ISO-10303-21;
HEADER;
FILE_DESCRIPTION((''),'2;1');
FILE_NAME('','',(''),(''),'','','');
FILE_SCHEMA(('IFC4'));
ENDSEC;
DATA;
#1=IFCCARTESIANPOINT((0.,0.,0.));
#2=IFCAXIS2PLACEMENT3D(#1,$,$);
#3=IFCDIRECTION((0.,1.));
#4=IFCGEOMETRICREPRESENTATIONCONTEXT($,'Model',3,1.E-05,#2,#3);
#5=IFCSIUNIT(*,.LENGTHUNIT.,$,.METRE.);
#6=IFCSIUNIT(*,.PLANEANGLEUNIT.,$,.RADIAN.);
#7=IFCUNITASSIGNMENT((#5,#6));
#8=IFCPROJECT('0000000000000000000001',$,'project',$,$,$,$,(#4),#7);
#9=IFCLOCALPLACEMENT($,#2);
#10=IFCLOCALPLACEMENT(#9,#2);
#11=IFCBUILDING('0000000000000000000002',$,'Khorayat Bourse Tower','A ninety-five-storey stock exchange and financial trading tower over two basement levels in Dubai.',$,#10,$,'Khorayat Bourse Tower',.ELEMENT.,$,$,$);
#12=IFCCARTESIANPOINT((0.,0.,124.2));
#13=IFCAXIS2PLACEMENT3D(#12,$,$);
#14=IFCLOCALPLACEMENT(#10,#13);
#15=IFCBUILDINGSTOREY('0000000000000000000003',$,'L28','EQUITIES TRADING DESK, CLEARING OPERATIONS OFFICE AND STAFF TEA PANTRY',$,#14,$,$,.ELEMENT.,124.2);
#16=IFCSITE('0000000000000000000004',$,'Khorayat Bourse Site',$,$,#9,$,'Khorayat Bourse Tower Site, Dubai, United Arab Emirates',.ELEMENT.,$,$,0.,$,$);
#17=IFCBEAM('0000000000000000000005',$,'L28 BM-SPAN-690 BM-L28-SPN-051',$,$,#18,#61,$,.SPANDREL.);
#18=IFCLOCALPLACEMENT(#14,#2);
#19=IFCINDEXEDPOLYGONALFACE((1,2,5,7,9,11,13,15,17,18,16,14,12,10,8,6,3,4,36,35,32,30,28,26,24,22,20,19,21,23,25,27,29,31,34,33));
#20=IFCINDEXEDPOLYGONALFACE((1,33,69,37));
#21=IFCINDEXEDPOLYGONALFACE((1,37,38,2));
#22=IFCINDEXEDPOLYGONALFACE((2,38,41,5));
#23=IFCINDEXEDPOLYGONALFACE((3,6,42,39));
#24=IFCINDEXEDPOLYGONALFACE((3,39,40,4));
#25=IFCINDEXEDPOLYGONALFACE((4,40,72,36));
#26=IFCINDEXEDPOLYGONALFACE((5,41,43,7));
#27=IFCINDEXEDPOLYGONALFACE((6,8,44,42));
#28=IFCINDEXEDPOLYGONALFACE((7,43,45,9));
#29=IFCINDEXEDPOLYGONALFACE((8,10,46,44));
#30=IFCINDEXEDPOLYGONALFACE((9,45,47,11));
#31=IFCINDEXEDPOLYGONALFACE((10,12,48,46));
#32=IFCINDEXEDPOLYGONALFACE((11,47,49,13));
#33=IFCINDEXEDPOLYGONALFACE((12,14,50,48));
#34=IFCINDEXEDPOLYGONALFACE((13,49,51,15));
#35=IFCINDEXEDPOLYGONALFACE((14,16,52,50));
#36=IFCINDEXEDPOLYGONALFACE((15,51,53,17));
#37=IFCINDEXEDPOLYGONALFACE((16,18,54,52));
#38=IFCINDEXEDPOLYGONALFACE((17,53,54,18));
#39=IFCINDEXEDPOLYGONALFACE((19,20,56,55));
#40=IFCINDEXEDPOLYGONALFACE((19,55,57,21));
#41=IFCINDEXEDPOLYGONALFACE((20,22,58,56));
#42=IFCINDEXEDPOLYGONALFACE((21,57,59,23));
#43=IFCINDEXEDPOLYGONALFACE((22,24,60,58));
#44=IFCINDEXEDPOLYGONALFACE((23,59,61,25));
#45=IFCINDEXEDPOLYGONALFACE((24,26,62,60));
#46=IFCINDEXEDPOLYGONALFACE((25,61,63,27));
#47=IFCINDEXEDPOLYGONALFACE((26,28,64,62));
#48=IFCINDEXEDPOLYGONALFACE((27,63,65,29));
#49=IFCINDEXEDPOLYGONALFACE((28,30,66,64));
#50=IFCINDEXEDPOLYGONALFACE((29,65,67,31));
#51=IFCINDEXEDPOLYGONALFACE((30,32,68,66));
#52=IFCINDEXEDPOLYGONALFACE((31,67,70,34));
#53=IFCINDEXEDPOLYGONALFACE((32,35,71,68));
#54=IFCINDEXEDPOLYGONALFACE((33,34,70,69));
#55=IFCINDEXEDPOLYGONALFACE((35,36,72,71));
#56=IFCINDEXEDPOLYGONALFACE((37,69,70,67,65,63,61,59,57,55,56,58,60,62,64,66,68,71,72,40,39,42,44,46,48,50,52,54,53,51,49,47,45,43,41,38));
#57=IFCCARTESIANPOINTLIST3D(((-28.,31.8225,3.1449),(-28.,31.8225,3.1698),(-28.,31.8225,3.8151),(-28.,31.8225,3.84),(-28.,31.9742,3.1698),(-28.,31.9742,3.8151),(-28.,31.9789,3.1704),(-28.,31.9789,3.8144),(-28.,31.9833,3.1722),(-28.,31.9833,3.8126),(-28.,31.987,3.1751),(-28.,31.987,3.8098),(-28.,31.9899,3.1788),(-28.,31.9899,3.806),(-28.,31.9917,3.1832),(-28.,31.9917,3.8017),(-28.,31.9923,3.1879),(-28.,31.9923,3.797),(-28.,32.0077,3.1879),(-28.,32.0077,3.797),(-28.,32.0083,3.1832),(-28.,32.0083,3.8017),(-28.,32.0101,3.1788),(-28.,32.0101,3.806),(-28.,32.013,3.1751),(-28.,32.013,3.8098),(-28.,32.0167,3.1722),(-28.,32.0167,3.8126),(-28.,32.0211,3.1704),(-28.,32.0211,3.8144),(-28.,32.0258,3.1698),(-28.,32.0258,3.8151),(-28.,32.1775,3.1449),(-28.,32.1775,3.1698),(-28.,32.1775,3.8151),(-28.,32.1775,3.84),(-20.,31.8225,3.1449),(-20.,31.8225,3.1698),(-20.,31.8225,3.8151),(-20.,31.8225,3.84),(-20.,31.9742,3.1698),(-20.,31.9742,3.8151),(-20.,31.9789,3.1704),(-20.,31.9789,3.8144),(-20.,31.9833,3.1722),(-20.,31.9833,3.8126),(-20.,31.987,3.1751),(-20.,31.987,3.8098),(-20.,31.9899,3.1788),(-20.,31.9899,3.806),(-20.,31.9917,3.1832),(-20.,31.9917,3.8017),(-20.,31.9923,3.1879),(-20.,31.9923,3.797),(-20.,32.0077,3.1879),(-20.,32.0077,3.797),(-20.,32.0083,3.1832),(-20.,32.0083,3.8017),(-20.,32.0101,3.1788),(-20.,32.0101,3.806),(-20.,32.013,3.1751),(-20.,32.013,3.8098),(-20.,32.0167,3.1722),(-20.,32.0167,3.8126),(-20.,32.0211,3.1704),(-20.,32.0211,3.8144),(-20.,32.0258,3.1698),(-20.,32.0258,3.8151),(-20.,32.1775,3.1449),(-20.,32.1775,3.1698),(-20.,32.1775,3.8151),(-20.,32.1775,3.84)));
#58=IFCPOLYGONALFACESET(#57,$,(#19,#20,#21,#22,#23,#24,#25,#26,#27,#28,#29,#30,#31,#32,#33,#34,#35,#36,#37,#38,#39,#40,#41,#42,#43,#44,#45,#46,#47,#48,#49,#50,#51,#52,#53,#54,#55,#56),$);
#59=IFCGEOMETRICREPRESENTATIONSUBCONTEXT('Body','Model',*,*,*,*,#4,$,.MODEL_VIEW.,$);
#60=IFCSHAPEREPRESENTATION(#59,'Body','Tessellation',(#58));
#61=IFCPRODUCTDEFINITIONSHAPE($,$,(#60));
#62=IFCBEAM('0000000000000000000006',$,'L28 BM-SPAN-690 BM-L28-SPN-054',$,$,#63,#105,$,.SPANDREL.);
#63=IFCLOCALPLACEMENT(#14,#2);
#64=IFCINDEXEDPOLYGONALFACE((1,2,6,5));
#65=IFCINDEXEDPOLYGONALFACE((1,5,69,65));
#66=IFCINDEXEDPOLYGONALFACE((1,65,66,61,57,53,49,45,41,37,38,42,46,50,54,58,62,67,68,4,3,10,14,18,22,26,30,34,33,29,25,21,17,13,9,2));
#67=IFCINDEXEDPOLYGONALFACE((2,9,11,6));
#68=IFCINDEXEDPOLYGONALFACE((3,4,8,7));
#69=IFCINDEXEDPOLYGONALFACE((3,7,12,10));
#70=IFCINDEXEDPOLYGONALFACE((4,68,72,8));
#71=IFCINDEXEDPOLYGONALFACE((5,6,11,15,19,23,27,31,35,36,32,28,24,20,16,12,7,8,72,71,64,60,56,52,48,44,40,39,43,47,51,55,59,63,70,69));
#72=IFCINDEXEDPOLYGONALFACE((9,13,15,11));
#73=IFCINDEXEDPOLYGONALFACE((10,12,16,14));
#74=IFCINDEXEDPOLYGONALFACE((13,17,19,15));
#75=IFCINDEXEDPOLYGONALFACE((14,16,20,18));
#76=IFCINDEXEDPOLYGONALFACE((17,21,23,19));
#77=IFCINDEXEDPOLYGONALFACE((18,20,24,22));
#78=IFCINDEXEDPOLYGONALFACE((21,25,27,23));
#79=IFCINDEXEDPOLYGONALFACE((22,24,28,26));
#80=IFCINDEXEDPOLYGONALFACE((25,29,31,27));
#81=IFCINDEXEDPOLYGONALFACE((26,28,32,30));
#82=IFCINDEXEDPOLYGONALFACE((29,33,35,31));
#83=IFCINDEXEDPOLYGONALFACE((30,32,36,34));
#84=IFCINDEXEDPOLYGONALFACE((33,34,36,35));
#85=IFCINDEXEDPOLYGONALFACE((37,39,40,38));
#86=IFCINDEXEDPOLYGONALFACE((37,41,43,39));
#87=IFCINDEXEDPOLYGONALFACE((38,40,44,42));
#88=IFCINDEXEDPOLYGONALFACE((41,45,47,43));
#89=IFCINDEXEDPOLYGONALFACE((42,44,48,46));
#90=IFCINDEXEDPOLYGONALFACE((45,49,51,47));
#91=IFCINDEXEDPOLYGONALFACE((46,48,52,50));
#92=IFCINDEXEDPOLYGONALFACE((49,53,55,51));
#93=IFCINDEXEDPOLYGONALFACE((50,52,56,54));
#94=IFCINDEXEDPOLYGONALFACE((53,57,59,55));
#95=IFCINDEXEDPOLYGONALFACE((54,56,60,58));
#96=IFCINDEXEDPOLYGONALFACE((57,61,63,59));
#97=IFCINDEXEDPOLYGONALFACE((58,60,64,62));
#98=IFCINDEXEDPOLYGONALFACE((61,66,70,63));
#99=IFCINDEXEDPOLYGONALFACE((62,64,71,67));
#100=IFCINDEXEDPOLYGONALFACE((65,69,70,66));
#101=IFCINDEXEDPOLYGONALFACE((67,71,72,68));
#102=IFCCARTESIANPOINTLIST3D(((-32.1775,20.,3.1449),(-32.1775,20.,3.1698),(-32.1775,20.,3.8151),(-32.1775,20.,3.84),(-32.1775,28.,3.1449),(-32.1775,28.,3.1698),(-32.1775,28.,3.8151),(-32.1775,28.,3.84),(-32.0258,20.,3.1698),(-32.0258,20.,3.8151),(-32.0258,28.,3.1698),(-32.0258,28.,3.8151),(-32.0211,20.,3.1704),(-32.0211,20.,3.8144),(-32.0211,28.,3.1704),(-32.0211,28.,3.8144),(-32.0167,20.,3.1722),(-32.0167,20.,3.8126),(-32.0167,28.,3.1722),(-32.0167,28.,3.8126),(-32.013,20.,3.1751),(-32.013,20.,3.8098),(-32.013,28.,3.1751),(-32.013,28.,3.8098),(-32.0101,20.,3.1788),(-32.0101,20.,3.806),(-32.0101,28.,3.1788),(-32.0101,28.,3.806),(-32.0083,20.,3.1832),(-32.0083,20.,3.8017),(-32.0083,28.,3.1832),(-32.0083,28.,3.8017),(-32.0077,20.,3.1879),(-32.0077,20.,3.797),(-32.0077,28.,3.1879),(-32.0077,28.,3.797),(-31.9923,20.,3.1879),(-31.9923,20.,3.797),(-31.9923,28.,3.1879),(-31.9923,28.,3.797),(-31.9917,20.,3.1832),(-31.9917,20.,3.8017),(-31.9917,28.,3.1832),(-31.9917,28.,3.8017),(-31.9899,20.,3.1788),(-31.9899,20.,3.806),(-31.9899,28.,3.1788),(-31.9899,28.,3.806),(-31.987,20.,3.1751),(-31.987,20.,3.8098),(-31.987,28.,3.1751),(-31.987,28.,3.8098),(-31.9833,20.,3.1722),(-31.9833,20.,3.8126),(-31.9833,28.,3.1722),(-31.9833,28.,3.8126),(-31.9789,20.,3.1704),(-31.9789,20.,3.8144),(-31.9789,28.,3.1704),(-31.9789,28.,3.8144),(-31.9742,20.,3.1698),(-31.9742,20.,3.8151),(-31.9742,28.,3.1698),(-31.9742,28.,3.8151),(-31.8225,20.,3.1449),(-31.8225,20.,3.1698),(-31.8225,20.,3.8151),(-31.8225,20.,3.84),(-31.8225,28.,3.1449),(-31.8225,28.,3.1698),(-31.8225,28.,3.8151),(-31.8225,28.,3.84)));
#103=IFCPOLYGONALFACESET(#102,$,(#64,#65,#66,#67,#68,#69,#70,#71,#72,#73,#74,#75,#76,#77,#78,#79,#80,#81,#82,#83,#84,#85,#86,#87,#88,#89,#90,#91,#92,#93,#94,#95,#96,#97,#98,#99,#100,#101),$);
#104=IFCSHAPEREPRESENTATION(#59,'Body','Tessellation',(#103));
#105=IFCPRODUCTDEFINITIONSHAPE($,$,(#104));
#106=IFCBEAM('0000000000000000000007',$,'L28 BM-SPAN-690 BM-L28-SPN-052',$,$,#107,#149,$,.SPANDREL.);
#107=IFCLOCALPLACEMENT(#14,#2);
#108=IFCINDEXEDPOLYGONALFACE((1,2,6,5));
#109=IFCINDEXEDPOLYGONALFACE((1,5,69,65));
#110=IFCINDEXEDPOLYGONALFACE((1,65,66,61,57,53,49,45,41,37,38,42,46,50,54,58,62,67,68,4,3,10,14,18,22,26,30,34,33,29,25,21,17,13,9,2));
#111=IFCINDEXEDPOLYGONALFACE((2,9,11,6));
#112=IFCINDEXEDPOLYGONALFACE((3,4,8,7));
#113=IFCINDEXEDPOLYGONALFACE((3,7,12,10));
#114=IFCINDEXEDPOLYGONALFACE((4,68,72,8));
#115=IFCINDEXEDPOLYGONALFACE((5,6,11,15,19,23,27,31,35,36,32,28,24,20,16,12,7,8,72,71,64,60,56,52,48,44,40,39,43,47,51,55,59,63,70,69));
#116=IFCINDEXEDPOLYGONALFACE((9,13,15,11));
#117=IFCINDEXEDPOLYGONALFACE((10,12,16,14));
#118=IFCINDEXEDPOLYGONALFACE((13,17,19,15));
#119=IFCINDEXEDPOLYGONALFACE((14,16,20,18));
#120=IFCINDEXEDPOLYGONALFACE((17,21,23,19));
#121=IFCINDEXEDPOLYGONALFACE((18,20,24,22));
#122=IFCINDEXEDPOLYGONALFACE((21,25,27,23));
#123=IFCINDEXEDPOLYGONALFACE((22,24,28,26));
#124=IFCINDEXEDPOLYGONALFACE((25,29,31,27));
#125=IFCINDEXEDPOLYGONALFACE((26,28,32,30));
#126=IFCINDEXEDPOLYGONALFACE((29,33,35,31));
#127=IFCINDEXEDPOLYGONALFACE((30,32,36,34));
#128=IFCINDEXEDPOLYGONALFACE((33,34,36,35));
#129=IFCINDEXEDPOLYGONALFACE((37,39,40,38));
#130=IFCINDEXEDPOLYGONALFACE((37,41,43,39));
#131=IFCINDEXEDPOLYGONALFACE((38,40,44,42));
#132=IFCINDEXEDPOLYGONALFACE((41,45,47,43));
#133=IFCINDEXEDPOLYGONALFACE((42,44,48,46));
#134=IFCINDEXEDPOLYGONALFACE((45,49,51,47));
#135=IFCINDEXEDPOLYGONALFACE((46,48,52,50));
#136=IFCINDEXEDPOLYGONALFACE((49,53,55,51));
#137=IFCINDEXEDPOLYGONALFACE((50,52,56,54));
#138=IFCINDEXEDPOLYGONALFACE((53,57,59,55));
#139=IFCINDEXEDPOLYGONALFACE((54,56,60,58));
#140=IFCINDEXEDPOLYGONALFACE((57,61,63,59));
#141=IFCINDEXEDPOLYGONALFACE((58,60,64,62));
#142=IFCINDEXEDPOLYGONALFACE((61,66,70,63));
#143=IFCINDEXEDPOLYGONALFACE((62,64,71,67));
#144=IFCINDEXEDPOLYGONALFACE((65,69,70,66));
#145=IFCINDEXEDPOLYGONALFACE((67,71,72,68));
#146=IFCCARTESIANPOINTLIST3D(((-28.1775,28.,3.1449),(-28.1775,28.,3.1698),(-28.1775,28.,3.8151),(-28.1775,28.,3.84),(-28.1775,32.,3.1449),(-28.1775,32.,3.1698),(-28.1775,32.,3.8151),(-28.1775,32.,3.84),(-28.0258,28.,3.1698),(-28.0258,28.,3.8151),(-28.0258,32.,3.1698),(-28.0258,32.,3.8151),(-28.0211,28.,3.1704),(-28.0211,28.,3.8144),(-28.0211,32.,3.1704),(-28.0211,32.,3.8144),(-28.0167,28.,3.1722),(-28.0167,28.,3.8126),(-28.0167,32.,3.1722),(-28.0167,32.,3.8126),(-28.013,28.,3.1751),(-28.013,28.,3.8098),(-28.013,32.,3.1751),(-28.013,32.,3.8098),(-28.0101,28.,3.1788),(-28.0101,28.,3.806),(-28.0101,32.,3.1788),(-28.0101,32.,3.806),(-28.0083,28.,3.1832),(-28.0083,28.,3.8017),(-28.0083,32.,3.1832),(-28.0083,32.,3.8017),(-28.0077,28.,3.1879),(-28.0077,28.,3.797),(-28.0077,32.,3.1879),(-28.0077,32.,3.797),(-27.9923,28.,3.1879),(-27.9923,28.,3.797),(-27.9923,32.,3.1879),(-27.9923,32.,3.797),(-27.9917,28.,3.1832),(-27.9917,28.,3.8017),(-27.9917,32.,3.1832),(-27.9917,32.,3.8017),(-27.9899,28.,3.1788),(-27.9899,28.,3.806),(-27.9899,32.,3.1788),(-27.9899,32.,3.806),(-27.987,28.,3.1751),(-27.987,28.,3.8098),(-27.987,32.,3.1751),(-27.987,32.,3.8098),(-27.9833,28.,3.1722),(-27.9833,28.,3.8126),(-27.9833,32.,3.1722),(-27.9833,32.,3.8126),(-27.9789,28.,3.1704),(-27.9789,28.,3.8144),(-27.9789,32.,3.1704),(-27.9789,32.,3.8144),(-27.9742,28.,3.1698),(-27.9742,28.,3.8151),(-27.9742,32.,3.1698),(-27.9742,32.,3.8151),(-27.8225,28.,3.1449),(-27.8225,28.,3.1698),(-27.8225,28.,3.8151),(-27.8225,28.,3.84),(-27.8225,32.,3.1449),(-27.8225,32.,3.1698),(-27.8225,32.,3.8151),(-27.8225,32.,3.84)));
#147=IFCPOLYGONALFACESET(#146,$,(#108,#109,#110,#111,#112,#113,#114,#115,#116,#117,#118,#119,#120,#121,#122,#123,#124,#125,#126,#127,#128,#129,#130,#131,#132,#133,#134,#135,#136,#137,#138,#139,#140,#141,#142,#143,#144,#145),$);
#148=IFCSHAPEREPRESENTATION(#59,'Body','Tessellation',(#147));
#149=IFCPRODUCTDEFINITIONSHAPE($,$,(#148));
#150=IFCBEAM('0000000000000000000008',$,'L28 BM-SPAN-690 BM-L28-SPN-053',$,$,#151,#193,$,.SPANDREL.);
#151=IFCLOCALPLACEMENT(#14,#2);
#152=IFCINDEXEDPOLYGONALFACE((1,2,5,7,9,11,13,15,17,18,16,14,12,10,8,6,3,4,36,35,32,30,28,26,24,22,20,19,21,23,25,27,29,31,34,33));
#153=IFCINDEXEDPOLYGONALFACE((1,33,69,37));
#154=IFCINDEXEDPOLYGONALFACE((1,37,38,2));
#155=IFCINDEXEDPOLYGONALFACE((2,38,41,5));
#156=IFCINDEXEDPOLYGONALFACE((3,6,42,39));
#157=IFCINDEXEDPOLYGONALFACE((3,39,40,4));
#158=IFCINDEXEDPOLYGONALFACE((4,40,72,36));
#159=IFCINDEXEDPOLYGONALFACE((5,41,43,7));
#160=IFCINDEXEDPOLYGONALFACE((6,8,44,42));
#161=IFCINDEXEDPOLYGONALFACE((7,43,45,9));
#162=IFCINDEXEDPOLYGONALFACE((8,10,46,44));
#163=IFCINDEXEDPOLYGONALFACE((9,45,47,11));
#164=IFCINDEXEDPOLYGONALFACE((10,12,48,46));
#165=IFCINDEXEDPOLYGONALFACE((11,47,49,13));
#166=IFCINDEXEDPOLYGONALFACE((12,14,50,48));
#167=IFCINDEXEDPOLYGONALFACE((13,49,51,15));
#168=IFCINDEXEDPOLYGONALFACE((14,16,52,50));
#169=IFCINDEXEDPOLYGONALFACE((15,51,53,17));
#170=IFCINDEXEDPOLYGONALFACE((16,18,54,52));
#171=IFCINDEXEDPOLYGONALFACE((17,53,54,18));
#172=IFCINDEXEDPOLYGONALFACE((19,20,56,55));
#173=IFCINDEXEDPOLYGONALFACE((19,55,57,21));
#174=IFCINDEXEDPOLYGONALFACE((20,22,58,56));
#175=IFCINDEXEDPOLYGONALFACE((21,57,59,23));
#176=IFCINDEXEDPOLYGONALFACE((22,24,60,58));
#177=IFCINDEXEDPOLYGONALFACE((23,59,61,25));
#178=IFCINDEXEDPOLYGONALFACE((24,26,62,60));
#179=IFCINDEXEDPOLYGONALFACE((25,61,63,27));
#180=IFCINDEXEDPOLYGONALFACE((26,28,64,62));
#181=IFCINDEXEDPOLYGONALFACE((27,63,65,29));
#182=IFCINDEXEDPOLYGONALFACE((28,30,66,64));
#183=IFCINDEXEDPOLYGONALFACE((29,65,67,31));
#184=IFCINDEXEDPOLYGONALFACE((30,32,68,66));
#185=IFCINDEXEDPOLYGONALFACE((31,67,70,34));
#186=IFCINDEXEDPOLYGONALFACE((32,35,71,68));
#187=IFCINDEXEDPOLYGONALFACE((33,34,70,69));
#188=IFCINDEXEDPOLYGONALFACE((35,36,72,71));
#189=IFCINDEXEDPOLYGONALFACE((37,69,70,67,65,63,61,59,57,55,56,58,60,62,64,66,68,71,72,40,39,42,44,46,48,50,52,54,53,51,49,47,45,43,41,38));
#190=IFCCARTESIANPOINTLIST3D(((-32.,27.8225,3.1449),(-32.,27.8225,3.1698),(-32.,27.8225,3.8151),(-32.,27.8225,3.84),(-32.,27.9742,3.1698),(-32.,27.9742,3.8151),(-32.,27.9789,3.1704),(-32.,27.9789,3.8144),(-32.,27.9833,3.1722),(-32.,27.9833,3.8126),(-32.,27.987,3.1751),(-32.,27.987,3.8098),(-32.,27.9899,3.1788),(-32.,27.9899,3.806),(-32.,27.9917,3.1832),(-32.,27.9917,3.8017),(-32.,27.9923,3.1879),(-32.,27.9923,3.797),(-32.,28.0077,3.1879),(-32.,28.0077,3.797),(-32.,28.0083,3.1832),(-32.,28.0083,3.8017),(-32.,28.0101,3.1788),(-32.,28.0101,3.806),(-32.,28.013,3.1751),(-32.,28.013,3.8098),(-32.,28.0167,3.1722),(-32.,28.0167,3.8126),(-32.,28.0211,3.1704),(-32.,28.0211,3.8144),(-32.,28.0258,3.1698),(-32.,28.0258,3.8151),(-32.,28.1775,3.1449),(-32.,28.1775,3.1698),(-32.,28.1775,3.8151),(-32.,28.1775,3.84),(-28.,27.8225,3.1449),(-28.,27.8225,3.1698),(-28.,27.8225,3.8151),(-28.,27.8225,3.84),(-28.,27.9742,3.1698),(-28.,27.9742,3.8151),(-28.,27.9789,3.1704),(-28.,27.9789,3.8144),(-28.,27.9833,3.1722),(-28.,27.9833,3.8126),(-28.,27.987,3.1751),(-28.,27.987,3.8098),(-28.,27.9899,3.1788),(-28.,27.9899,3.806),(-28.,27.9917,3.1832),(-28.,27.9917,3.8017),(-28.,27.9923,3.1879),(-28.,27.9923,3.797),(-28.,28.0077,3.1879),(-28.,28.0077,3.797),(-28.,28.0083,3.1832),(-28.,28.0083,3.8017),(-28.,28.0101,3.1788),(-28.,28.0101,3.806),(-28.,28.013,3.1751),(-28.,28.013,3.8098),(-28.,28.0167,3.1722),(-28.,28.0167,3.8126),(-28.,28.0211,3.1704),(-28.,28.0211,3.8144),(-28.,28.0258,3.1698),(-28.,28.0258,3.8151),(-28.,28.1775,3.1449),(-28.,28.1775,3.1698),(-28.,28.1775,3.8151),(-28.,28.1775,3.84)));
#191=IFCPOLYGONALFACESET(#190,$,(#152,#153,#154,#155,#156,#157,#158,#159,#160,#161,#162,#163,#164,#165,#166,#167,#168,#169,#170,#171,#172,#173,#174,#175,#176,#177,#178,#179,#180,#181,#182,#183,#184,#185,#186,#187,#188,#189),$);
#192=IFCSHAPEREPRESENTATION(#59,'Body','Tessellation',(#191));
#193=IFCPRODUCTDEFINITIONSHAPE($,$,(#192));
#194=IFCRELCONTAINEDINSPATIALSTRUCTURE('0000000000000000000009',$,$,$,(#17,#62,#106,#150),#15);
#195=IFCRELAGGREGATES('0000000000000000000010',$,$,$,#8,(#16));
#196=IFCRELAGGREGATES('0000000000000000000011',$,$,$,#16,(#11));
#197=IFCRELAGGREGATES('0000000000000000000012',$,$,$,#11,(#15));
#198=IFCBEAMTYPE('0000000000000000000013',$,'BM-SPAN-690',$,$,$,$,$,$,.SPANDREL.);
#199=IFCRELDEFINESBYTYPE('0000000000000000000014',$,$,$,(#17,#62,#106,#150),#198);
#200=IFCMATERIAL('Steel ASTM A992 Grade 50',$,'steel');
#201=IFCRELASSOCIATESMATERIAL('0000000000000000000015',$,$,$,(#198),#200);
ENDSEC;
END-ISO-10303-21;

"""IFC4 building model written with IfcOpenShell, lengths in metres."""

from ifc_helpers import new_model, si_unit, direction, frame, origin, origin_2d, place, context, subcontext, project, spatial, i_section, extrude, source, transform, mapped, material, material_profile, profile_set, type_object, element, save


model = new_model("IFC4")

# Units and contexts
model_context = context("Model", 3, precision=1e-05, world=origin(), true_north=direction((0.0, 1.0)))
body_context = subcontext(model_context, "Body", "Model", "MODEL_VIEW")
ifc_project = project(units=[si_unit("LENGTHUNIT", "METRE"), si_unit("PLANEANGLEUNIT", "RADIAN")], contexts=[model_context])

# Site, building, storey
site_placement = place(None, origin())
site = spatial("IfcSite", under=ifc_project, at=site_placement, Name="Khorayat Bourse Site", LongName="Khorayat Bourse Tower Site, Dubai, United Arab Emirates", CompositionType="ELEMENT", RefElevation=0.0)
building_placement = place(site_placement, origin())
building = spatial("IfcBuilding", under=site, at=building_placement, Name="Khorayat Bourse Tower", Description="A ninety-five-storey stock exchange and financial trading tower over two basement levels in Dubai.", LongName="Khorayat Bourse Tower", CompositionType="ELEMENT")
storey_placement = place(building_placement, frame((0.0, 0.0, 124.2)))
storey = spatial("IfcBuildingStorey", under=building, at=storey_placement, Name="L28", Description="EQUITIES TRADING DESK, CLEARING OPERATIONS OFFICE AND STAFF TEA PANTRY", CompositionType="ELEMENT", Elevation=124.2)

# Beams
ifc_material_1 = material(Name="Steel ASTM A992 Grade 50", Category="steel")
ifc_material_profile_1 = material_profile(ifc_material_1, i_section(OverallWidth=0.355, OverallDepth=0.6951, WebThickness=0.0154, FlangeThickness=0.0249, FilletRadius=0.0181, at=origin_2d()), Name="W690X217")
ifc_profile_set_1 = profile_set([ifc_material_profile_1], Name="Steel ASTM A992 Grade 50")
beam_type_1 = type_object("IfcBeamType", Name="BM-SPAN-690", PredefinedType="SPANDREL", material=ifc_profile_set_1)
shared_shape_1 = source(origin(), body_context, "Body", "SweptSolid", [
    extrude(i_section(OverallWidth=0.355, OverallDepth=0.6951, WebThickness=0.0154, FlangeThickness=0.0249, FilletRadius=0.0181, at=origin_2d()), origin(), (0.0, 0.0, 1.0), 8.0),
])
for number, where, z_axis, x_axis, name in (
    (1, (-28.0, 32.0, 3.4924), (1.0, 0.0, 0.0), (0.0, 1.0, 0.0), "L28 BM-SPAN-690 BM-L28-SPN-051"),
    (2, (-32.0, 20.0, 3.4924), (0.0, 1.0, 0.0), (-1.0, 0.0, 0.0), "L28 BM-SPAN-690 BM-L28-SPN-054"),
):
    element("IfcBeam", number, at=place(storey_placement, frame(where, z_axis=z_axis, x_axis=x_axis)), inside=storey, type_object=beam_type_1, Name=name, PredefinedType="SPANDREL", context=body_context, shape_type="MappedRepresentation", body=[
        mapped(shared_shape_1, transform((0.0, 0.0, 0.0), scale=1.0)),
    ])
shared_shape_2 = source(origin(), body_context, "Body", "SweptSolid", [
    extrude(i_section(OverallWidth=0.355, OverallDepth=0.6951, WebThickness=0.0154, FlangeThickness=0.0249, FilletRadius=0.0181, at=origin_2d()), origin(), (0.0, 0.0, 1.0), 4.0),
])
for number, where, z_axis, x_axis, name in (
    (3, (-28.0, 28.0, 3.4924), (0.0, 1.0, 0.0), (-1.0, 0.0, 0.0), "L28 BM-SPAN-690 BM-L28-SPN-052"),
    (4, (-32.0, 28.0, 3.4924), (1.0, 0.0, 0.0), (0.0, 1.0, 0.0), "L28 BM-SPAN-690 BM-L28-SPN-053"),
):
    element("IfcBeam", number, at=place(storey_placement, frame(where, z_axis=z_axis, x_axis=x_axis)), inside=storey, type_object=beam_type_1, Name=name, PredefinedType="SPANDREL", context=body_context, shape_type="MappedRepresentation", body=[
        mapped(shared_shape_2, transform((0.0, 0.0, 0.0), scale=1.0)),
    ])

save(model, "model.ifc")
